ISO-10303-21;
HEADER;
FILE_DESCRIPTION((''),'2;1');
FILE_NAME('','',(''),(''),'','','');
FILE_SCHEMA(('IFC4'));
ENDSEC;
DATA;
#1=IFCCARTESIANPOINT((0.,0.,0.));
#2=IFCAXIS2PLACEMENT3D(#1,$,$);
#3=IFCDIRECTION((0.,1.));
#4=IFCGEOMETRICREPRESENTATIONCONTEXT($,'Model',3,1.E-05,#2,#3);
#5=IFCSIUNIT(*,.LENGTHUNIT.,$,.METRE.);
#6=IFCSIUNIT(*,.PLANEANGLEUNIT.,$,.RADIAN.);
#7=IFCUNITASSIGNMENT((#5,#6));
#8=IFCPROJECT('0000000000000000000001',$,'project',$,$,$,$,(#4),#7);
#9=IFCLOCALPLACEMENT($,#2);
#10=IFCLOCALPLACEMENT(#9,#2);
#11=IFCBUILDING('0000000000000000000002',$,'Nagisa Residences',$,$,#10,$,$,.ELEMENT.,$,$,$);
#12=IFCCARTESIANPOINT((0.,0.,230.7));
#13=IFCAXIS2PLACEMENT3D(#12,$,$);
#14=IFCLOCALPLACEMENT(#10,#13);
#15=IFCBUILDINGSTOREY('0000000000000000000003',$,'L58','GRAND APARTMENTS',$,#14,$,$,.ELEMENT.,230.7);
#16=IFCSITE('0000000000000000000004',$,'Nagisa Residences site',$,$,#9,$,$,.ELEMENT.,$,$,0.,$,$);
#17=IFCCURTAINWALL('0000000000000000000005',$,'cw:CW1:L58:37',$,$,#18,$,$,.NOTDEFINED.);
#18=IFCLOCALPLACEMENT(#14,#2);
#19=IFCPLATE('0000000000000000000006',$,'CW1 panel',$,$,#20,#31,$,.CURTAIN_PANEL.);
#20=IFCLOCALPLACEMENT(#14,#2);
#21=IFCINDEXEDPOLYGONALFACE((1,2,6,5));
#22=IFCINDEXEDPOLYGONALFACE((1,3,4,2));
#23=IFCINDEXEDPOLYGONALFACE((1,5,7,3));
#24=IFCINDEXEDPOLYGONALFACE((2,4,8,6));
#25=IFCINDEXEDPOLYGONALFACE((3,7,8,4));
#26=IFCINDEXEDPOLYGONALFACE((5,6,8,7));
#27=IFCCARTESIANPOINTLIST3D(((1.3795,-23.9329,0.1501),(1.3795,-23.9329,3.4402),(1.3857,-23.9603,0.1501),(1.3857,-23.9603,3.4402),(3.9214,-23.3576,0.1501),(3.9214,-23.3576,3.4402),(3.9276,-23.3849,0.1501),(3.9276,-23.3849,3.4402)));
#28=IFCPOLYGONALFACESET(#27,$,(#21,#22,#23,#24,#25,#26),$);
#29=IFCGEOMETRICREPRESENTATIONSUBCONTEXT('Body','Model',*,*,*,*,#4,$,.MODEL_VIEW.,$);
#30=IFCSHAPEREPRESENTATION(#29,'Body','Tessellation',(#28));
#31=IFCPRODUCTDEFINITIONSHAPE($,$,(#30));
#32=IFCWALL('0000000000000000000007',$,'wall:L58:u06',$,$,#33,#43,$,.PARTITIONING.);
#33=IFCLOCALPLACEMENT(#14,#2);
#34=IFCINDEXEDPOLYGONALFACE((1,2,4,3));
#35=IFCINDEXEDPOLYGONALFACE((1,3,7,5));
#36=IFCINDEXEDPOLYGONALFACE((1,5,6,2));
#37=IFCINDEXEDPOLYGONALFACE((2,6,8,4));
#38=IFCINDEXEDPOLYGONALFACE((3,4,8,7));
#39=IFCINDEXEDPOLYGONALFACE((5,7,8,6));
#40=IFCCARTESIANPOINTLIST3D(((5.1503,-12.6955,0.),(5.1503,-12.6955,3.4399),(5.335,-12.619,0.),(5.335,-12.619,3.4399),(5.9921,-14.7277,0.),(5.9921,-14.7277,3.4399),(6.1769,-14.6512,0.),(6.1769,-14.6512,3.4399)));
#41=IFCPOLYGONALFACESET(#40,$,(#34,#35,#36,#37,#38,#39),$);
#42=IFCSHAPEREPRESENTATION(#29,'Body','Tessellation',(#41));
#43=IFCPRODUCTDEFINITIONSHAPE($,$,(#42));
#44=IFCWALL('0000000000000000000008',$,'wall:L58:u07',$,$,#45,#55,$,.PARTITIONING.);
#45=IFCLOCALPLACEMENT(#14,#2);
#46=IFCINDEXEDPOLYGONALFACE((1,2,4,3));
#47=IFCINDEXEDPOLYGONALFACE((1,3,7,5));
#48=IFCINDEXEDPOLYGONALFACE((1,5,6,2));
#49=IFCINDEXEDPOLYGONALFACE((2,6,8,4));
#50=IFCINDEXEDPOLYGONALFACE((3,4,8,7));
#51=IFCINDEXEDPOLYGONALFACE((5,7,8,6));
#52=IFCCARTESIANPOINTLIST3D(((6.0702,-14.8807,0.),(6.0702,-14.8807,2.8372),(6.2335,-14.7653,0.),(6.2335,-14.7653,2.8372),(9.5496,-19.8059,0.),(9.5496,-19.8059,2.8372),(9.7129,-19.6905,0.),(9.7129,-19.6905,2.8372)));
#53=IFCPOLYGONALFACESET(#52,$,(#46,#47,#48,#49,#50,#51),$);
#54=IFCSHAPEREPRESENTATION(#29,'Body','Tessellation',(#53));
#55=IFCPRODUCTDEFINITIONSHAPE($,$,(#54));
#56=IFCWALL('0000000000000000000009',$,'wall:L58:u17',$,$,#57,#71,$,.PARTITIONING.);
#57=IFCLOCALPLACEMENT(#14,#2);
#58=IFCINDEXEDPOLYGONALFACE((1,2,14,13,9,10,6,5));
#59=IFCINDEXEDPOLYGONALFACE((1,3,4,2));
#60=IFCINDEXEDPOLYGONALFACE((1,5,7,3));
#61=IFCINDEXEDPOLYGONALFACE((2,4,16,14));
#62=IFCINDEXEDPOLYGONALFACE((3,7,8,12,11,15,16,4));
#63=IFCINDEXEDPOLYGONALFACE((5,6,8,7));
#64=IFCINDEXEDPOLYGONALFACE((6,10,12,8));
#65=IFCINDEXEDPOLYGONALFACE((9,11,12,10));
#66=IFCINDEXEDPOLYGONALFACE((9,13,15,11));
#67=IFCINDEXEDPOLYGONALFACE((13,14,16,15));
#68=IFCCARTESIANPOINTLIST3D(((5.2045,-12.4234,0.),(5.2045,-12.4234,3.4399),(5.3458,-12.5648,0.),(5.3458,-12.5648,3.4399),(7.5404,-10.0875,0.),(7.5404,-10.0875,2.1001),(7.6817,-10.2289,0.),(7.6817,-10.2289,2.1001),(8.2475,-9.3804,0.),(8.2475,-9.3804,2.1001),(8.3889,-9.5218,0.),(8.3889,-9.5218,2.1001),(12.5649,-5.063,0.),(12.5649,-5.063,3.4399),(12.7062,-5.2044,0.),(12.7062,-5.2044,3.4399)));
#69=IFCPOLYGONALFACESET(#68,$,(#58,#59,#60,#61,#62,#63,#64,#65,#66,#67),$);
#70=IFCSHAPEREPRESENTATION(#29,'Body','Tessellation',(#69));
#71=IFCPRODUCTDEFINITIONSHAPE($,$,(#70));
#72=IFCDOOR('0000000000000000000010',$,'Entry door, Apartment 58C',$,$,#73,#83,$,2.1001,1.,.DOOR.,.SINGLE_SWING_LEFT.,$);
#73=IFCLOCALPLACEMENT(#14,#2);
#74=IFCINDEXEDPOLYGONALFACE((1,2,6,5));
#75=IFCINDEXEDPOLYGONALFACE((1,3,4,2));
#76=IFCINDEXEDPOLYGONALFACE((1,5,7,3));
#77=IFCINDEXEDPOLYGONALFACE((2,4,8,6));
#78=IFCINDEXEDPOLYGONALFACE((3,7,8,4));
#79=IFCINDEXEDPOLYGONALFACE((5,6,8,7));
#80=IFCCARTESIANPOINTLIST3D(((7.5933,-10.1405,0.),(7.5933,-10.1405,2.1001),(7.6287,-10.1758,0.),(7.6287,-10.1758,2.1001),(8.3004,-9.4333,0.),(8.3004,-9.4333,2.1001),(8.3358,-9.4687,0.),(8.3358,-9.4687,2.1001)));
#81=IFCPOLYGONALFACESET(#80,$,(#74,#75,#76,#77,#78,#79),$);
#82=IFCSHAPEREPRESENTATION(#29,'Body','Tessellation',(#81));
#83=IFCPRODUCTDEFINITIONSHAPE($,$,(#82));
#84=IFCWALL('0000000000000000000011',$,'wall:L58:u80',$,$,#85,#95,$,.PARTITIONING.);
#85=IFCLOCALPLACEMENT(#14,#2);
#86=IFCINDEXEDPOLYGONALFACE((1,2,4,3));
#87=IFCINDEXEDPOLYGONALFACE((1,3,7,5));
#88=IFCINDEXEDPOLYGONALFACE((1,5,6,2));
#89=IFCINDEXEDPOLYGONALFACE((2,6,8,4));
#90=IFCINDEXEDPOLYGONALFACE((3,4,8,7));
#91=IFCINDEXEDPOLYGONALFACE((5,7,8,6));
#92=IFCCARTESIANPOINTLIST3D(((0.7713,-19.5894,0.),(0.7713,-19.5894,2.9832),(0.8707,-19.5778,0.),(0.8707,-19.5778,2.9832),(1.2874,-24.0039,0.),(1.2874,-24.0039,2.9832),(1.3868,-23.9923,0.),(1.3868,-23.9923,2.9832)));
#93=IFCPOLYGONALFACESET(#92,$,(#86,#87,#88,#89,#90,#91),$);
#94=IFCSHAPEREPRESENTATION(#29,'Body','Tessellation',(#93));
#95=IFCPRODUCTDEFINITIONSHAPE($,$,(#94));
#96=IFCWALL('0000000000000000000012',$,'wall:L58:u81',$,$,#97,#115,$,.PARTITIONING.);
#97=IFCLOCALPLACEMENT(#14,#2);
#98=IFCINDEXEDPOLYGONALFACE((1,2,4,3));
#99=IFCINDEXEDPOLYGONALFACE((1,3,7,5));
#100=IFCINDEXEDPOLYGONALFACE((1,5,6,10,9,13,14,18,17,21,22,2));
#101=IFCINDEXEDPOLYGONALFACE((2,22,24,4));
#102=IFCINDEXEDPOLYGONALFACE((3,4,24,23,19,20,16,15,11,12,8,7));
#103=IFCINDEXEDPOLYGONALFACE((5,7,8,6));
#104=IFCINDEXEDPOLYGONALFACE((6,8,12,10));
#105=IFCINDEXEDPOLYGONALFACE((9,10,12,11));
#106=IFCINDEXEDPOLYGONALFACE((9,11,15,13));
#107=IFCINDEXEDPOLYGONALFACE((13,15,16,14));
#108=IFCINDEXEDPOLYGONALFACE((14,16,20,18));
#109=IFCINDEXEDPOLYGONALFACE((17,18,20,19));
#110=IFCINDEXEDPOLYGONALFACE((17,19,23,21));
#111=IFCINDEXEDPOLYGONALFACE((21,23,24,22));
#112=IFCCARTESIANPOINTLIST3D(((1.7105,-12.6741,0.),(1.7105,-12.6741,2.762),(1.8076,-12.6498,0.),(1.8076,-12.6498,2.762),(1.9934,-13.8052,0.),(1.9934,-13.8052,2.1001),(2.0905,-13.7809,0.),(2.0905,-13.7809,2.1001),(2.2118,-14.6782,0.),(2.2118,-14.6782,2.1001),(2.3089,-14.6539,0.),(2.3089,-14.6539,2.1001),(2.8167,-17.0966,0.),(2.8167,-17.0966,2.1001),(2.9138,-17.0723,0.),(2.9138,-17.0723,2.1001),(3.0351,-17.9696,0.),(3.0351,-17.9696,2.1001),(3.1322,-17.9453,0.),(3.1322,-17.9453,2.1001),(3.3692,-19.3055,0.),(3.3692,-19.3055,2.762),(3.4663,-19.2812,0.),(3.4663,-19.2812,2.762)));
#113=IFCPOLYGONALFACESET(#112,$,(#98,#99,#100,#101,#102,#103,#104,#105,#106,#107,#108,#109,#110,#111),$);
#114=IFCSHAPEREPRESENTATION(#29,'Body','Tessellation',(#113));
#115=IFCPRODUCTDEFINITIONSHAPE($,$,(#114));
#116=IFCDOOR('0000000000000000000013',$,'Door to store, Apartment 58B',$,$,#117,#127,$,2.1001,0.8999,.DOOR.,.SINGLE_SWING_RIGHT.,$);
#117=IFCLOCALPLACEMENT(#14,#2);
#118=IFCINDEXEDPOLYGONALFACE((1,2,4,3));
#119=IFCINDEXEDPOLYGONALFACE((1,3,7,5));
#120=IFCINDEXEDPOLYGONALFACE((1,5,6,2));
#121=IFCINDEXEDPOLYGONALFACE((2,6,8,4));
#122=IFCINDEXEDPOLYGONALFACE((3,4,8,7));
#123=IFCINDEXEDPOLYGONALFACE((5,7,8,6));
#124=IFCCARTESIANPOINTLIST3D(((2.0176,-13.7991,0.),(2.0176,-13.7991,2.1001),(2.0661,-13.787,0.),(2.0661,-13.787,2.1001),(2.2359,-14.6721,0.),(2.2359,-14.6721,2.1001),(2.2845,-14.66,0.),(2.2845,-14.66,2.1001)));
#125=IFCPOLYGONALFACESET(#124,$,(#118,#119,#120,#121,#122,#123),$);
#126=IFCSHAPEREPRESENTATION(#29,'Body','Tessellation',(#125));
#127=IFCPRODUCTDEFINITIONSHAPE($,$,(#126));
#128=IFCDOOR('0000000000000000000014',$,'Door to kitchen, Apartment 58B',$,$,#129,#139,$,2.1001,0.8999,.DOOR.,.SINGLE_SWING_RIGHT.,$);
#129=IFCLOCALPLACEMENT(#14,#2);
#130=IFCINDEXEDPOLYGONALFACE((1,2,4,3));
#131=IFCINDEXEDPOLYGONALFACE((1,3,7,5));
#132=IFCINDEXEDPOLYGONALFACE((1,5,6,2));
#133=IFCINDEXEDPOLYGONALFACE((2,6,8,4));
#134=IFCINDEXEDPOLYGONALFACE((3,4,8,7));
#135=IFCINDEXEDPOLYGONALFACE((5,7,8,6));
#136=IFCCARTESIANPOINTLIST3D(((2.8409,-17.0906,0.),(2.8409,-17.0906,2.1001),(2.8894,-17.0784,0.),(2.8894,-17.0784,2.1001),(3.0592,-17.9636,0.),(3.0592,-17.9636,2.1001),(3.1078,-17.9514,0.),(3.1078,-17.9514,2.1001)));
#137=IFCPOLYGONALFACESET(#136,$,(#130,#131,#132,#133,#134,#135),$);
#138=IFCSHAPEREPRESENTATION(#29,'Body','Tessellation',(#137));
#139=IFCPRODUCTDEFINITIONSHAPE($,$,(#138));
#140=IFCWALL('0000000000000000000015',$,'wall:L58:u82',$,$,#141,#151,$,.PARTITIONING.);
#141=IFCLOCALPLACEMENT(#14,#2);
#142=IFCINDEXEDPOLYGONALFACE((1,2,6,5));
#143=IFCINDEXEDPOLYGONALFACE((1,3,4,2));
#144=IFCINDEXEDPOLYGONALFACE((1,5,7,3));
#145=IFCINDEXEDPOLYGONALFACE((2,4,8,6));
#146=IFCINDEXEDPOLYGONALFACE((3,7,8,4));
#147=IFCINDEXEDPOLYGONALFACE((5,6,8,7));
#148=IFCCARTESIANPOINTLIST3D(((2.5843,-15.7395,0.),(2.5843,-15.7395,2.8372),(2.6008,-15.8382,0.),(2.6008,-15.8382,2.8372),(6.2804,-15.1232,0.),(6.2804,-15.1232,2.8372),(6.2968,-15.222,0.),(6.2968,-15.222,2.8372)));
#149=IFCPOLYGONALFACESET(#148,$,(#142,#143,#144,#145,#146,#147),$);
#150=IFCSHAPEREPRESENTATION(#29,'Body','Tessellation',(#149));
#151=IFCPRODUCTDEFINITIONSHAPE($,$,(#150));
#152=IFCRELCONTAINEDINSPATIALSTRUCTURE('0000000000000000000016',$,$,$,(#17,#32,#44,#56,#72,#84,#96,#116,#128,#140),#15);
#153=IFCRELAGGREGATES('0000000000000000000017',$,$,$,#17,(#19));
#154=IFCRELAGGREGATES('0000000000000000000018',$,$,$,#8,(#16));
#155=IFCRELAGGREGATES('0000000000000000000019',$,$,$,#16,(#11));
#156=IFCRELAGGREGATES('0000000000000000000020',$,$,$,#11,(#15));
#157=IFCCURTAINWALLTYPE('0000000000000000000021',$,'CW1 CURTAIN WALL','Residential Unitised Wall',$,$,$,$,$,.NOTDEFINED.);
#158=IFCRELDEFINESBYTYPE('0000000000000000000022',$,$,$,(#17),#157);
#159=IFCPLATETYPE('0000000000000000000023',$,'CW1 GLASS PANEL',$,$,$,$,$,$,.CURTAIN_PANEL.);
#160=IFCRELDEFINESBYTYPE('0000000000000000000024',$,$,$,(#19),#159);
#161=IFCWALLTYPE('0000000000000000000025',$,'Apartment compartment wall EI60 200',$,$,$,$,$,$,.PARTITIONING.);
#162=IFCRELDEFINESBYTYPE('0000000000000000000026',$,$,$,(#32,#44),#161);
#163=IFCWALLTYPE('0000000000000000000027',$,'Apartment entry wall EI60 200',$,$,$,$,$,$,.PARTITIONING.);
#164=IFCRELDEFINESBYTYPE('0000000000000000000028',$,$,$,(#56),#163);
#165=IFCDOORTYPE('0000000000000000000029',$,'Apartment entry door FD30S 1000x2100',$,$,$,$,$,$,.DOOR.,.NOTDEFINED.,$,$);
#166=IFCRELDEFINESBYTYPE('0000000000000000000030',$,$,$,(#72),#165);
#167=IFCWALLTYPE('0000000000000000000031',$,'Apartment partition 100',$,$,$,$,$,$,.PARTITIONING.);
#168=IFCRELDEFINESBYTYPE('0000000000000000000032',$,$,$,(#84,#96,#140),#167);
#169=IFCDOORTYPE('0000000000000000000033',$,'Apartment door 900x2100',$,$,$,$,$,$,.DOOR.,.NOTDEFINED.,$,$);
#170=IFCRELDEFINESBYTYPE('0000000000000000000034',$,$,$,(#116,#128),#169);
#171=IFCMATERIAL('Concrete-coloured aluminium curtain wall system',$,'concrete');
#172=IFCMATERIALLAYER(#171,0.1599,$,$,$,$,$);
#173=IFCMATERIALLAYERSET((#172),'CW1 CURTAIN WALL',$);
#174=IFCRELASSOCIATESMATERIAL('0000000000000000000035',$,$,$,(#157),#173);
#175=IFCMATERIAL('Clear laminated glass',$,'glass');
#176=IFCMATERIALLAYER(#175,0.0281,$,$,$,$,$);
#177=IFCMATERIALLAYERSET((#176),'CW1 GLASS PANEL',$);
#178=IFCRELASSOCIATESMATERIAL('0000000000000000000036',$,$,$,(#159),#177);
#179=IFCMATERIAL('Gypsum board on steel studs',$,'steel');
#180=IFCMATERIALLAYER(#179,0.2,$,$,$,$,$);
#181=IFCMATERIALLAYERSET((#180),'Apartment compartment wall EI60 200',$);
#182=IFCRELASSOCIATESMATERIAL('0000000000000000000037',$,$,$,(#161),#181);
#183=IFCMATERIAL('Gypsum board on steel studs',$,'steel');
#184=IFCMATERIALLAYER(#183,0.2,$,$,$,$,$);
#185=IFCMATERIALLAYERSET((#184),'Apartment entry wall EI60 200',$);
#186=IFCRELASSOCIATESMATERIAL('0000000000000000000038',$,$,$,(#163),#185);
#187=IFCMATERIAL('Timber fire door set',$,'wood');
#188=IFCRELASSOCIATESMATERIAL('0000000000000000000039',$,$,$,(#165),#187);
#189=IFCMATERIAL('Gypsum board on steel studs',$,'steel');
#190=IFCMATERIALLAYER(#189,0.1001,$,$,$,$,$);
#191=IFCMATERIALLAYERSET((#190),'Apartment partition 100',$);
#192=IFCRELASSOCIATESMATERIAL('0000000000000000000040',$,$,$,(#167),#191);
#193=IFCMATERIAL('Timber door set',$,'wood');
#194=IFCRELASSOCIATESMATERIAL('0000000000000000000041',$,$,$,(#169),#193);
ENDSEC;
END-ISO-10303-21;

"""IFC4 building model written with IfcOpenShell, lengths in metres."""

from ifc_helpers import new_model, si_unit, direction, frame, frame_2d, origin, origin_2d, place, context, subcontext, project, spatial, rectangle, extrude, material, layer, layer_set, type_object, element, fill, aggregate, save


model = new_model("IFC4")

# Units and contexts
model_context = context("Model", 3, precision=1e-05, world=origin(), true_north=direction((0.0, 1.0)))
body_context = subcontext(model_context, "Body", "Model", "MODEL_VIEW")
ifc_project = project(units=[si_unit("LENGTHUNIT", "METRE"), si_unit("PLANEANGLEUNIT", "RADIAN")], contexts=[model_context])

# Site, building, storey
site_placement = place(None, origin())
site = spatial("IfcSite", under=ifc_project, at=site_placement, Name="Nagisa Residences site", CompositionType="ELEMENT", RefElevation=0.0)
building_placement = place(site_placement, origin())
building = spatial("IfcBuilding", under=site, at=building_placement, Name="Nagisa Residences", CompositionType="ELEMENT")
storey_placement = place(building_placement, frame((0.0, 0.0, 230.7)))
storey = spatial("IfcBuildingStorey", under=building, at=storey_placement, Name="L58", Description="GRAND APARTMENTS", CompositionType="ELEMENT", Elevation=230.7)

# Curtain wall
ifc_material_1 = material(Name="Concrete-coloured aluminium curtain wall system", Category="concrete")
ifc_layer_1 = layer(ifc_material_1, 0.1599)
ifc_layer_set_1 = layer_set([ifc_layer_1], Name="CW1 CURTAIN WALL")
curtain_wall_type = type_object("IfcCurtainWallType", Name="CW1 CURTAIN WALL", Description="Residential Unitised Wall", PredefinedType="NOTDEFINED", material=ifc_layer_set_1)
curtain_wall_1_placement = place(storey_placement, origin())
curtain_wall_1 = element("IfcCurtainWall", 1, at=curtain_wall_1_placement, inside=storey, type_object=curtain_wall_type, Name="cw:CW1:L58:37", PredefinedType="NOTDEFINED")

# Shared definitions
ifc_material_2 = material(Name="Clear laminated glass", Category="glass")
ifc_layer_2 = layer(ifc_material_2, 0.0281)
ifc_layer_set_2 = layer_set([ifc_layer_2], Name="CW1 GLASS PANEL")
plate_type = type_object("IfcPlateType", Name="CW1 GLASS PANEL", PredefinedType="CURTAIN_PANEL", material=ifc_layer_set_2)

# Plate
plate_1_placement = place(storey_placement, frame((2.6536, -23.6589, 0.1501), z_axis=(0.0, 0.0, 1.0), x_axis=(0.975327, 0.220764, 0.0)))
plate_1 = element("IfcPlate", 2, at=plate_1_placement, type_object=plate_type, Name="CW1 panel", PredefinedType="CURTAIN_PANEL", context=body_context, shape_type="SweptSolid", body=[
    extrude(rectangle(XDim=2.6062, YDim=0.0281, at=origin_2d()), origin(), (0.0, 0.0, 1.0), 3.29),
])
aggregate(curtain_wall_1, [plate_1])

# Walls
ifc_material_3 = material(Name="Gypsum board on steel studs", Category="steel")
ifc_layer_3 = layer(ifc_material_3, 0.2)
ifc_layer_set_3 = layer_set([ifc_layer_3], Name="Apartment compartment wall EI60 200")
wall_type_1 = type_object("IfcWallType", Name="Apartment compartment wall EI60 200", PredefinedType="PARTITIONING", material=ifc_layer_set_3)
wall_1_placement = place(storey_placement, frame((5.2427, -12.6572, 0.0), z_axis=(0.0, 0.0, 1.0), x_axis=(0.382692, -0.923876, 0.0)))
element("IfcWall", 3, at=wall_1_placement, inside=storey, type_object=wall_type_1, Name="wall:L58:u06", PredefinedType="PARTITIONING", context=body_context, shape_type="SweptSolid", body=[
    extrude(rectangle(XDim=2.1997, YDim=0.2, at=frame_2d((1.0999, 0.0))), origin(), (0.0, 0.0, 1.0), 3.4399),
])
wall_2_placement = place(storey_placement, frame((6.1519, -14.823, 0.0), z_axis=(0.0, 0.0, 1.0), x_axis=(0.576995, -0.816748, 0.0)))
element("IfcWall", 4, at=wall_2_placement, inside=storey, type_object=wall_type_1, Name="wall:L58:u07", PredefinedType="PARTITIONING", context=body_context, shape_type="SweptSolid", body=[
    extrude(rectangle(XDim=6.0303, YDim=0.2, at=frame_2d((3.0151, 0.0))), origin(), (0.0, 0.0, 1.0), 2.8372),
])

# Wall, opening, door
ifc_material_4 = material(Name="Gypsum board on steel studs", Category="steel")
ifc_layer_4 = layer(ifc_material_4, 0.2)
ifc_layer_set_4 = layer_set([ifc_layer_4], Name="Apartment entry wall EI60 200")
wall_type_2 = type_object("IfcWallType", Name="Apartment entry wall EI60 200", PredefinedType="PARTITIONING", material=ifc_layer_set_4)
wall_3_placement = place(storey_placement, frame((5.2751, -12.4941, 0.0), z_axis=(0.0, 0.0, 1.0), x_axis=(0.707107, 0.707107, 0.0)))
wall_3 = element("IfcWall", 5, at=wall_3_placement, inside=storey, type_object=wall_type_2, Name="wall:L58:u17", PredefinedType="PARTITIONING", context=body_context, shape_type="SweptSolid", body=[
    extrude(rectangle(XDim=10.4092, YDim=0.2, at=frame_2d((5.2046, 0.0))), origin(), (0.0, 0.0, 1.0), 3.4399),
])
opening_1_placement = place(wall_3_placement, frame((3.3035, 0.0, 0.0)))
opening_1 = element("IfcOpeningElement", 6, at=opening_1_placement, cuts=wall_3, PredefinedType="OPENING", context=body_context, shape_type="SweptSolid", body=[
    extrude(rectangle(XDim=1.0, YDim=2.1001, at=frame_2d((0.5, 1.05))), frame((0.0, 0.1099, 0.0), z_axis=(0.0, -1.0, 0.0), x_axis=(1.0, 0.0, 0.0)), (0.0, 0.0, 1.0), 0.22),
])
ifc_material_5 = material(Name="Timber fire door set", Category="wood")
door_type_1 = type_object("IfcDoorType", Name="Apartment entry door FD30S 1000x2100", OperationType="NOTDEFINED", PredefinedType="DOOR", material=ifc_material_5)
door_1_placement = place(opening_1_placement, frame((1.0, 0.0, 0.0), x_axis=(-1.0, 0.0, 0.0)))
door_1 = element("IfcDoor", 7, at=door_1_placement, inside=storey, type_object=door_type_1, Name="Entry door, Apartment 58C", OperationType="SINGLE_SWING_LEFT", OverallHeight=2.1001, OverallWidth=1.0, PredefinedType="DOOR", context=body_context, shape_type="SweptSolid", body=[
    extrude(rectangle(XDim=1.0, YDim=2.1001, at=frame_2d((0.5, 1.05))), frame((0.0, 0.0249, 0.0), z_axis=(0.0, -1.0, 0.0), x_axis=(1.0, 0.0, 0.0)), (0.0, 0.0, 1.0), 0.05),
])
fill(opening_1, door_1)

# Wall
ifc_material_6 = material(Name="Gypsum board on steel studs", Category="steel")
ifc_layer_5 = layer(ifc_material_6, 0.1001)
ifc_layer_set_5 = layer_set([ifc_layer_5], Name="Apartment partition 100")
wall_type_3 = type_object("IfcWallType", Name="Apartment partition 100", PredefinedType="PARTITIONING", material=ifc_layer_set_5)
wall_4_placement = place(storey_placement, frame((0.821, -19.5837, 0.0), z_axis=(0.0, 0.0, 1.0), x_axis=(0.116121, -0.993235, 0.0)))
element("IfcWall", 8, at=wall_4_placement, inside=storey, type_object=wall_type_3, Name="wall:L58:u80", PredefinedType="PARTITIONING", context=body_context, shape_type="SweptSolid", body=[
    extrude(rectangle(XDim=4.4446, YDim=0.1001, at=frame_2d((2.2222, 0.0))), origin(), (0.0, 0.0, 1.0), 2.9832),
])

# Wall, openings, doors
wall_5_placement = place(storey_placement, frame((1.759, -12.6619, 0.0), z_axis=(0.0, 0.0, 1.0), x_axis=(0.242653, -0.970113, 0.0)))
wall_5 = element("IfcWall", 9, at=wall_5_placement, inside=storey, type_object=wall_type_3, Name="wall:L58:u81", PredefinedType="PARTITIONING", context=body_context, shape_type="SweptSolid", body=[
    extrude(rectangle(XDim=6.8357, YDim=0.1001, at=frame_2d((3.418, 0.0))), origin(), (0.0, 0.0, 1.0), 2.762),
])
opening_2_placement = place(wall_5_placement, frame((1.166, 0.0, 0.0)))
opening_2 = element("IfcOpeningElement", 10, at=opening_2_placement, cuts=wall_5, PredefinedType="OPENING", context=body_context, shape_type="SweptSolid", body=[
    extrude(rectangle(XDim=0.8999, YDim=2.1001, at=frame_2d((0.45, 1.05))), frame((0.0, 0.0601, 0.0), z_axis=(0.0, -1.0, 0.0), x_axis=(1.0, 0.0, 0.0)), (0.0, 0.0, 1.0), 0.1201),
])
opening_3_placement = place(wall_5_placement, frame((4.5588, 0.0, 0.0)))
opening_3 = element("IfcOpeningElement", 11, at=opening_3_placement, cuts=wall_5, PredefinedType="OPENING", context=body_context, shape_type="SweptSolid", body=[
    extrude(rectangle(XDim=0.8999, YDim=2.1001, at=frame_2d((0.45, 1.05))), frame((0.0, 0.0601, 0.0), z_axis=(0.0, -1.0, 0.0), x_axis=(1.0, 0.0, 0.0)), (0.0, 0.0, 1.0), 0.1201),
])
ifc_material_7 = material(Name="Timber door set", Category="wood")
door_type_2 = type_object("IfcDoorType", Name="Apartment door 900x2100", OperationType="NOTDEFINED", PredefinedType="DOOR", material=ifc_material_7)
door_2_placement = place(opening_2_placement, origin())
door_2 = element("IfcDoor", 12, at=door_2_placement, inside=storey, type_object=door_type_2, Name="Door to store, Apartment 58B", OperationType="SINGLE_SWING_RIGHT", OverallHeight=2.1001, OverallWidth=0.8999, PredefinedType="DOOR", context=body_context, shape_type="SweptSolid", body=[
    extrude(rectangle(XDim=0.8999, YDim=2.1001, at=frame_2d((0.45, 1.05))), frame((0.0, 0.0249, 0.0), z_axis=(0.0, -1.0, 0.0), x_axis=(1.0, 0.0, 0.0)), (0.0, 0.0, 1.0), 0.05),
])
fill(opening_2, door_2)
door_3_placement = place(opening_3_placement, origin())
door_3 = element("IfcDoor", 13, at=door_3_placement, inside=storey, type_object=door_type_2, Name="Door to kitchen, Apartment 58B", OperationType="SINGLE_SWING_RIGHT", OverallHeight=2.1001, OverallWidth=0.8999, PredefinedType="DOOR", context=body_context, shape_type="SweptSolid", body=[
    extrude(rectangle(XDim=0.8999, YDim=2.1001, at=frame_2d((0.45, 1.05))), frame((0.0, 0.0249, 0.0), z_axis=(0.0, -1.0, 0.0), x_axis=(1.0, 0.0, 0.0)), (0.0, 0.0, 1.0), 0.05),
])
fill(opening_3, door_3)

# Wall
wall_6_placement = place(storey_placement, frame((2.5925, -15.7888, 0.0), z_axis=(0.0, 0.0, 1.0), x_axis=(0.986385, 0.164452, 0.0)))
element("IfcWall", 14, at=wall_6_placement, inside=storey, type_object=wall_type_3, Name="wall:L58:u82", PredefinedType="PARTITIONING", context=body_context, shape_type="SweptSolid", body=[
    extrude(rectangle(XDim=3.7471, YDim=0.1001, at=frame_2d((1.8735, 0.0))), origin(), (0.0, 0.0, 1.0), 2.8372),
])

save(model, "model.ifc")
